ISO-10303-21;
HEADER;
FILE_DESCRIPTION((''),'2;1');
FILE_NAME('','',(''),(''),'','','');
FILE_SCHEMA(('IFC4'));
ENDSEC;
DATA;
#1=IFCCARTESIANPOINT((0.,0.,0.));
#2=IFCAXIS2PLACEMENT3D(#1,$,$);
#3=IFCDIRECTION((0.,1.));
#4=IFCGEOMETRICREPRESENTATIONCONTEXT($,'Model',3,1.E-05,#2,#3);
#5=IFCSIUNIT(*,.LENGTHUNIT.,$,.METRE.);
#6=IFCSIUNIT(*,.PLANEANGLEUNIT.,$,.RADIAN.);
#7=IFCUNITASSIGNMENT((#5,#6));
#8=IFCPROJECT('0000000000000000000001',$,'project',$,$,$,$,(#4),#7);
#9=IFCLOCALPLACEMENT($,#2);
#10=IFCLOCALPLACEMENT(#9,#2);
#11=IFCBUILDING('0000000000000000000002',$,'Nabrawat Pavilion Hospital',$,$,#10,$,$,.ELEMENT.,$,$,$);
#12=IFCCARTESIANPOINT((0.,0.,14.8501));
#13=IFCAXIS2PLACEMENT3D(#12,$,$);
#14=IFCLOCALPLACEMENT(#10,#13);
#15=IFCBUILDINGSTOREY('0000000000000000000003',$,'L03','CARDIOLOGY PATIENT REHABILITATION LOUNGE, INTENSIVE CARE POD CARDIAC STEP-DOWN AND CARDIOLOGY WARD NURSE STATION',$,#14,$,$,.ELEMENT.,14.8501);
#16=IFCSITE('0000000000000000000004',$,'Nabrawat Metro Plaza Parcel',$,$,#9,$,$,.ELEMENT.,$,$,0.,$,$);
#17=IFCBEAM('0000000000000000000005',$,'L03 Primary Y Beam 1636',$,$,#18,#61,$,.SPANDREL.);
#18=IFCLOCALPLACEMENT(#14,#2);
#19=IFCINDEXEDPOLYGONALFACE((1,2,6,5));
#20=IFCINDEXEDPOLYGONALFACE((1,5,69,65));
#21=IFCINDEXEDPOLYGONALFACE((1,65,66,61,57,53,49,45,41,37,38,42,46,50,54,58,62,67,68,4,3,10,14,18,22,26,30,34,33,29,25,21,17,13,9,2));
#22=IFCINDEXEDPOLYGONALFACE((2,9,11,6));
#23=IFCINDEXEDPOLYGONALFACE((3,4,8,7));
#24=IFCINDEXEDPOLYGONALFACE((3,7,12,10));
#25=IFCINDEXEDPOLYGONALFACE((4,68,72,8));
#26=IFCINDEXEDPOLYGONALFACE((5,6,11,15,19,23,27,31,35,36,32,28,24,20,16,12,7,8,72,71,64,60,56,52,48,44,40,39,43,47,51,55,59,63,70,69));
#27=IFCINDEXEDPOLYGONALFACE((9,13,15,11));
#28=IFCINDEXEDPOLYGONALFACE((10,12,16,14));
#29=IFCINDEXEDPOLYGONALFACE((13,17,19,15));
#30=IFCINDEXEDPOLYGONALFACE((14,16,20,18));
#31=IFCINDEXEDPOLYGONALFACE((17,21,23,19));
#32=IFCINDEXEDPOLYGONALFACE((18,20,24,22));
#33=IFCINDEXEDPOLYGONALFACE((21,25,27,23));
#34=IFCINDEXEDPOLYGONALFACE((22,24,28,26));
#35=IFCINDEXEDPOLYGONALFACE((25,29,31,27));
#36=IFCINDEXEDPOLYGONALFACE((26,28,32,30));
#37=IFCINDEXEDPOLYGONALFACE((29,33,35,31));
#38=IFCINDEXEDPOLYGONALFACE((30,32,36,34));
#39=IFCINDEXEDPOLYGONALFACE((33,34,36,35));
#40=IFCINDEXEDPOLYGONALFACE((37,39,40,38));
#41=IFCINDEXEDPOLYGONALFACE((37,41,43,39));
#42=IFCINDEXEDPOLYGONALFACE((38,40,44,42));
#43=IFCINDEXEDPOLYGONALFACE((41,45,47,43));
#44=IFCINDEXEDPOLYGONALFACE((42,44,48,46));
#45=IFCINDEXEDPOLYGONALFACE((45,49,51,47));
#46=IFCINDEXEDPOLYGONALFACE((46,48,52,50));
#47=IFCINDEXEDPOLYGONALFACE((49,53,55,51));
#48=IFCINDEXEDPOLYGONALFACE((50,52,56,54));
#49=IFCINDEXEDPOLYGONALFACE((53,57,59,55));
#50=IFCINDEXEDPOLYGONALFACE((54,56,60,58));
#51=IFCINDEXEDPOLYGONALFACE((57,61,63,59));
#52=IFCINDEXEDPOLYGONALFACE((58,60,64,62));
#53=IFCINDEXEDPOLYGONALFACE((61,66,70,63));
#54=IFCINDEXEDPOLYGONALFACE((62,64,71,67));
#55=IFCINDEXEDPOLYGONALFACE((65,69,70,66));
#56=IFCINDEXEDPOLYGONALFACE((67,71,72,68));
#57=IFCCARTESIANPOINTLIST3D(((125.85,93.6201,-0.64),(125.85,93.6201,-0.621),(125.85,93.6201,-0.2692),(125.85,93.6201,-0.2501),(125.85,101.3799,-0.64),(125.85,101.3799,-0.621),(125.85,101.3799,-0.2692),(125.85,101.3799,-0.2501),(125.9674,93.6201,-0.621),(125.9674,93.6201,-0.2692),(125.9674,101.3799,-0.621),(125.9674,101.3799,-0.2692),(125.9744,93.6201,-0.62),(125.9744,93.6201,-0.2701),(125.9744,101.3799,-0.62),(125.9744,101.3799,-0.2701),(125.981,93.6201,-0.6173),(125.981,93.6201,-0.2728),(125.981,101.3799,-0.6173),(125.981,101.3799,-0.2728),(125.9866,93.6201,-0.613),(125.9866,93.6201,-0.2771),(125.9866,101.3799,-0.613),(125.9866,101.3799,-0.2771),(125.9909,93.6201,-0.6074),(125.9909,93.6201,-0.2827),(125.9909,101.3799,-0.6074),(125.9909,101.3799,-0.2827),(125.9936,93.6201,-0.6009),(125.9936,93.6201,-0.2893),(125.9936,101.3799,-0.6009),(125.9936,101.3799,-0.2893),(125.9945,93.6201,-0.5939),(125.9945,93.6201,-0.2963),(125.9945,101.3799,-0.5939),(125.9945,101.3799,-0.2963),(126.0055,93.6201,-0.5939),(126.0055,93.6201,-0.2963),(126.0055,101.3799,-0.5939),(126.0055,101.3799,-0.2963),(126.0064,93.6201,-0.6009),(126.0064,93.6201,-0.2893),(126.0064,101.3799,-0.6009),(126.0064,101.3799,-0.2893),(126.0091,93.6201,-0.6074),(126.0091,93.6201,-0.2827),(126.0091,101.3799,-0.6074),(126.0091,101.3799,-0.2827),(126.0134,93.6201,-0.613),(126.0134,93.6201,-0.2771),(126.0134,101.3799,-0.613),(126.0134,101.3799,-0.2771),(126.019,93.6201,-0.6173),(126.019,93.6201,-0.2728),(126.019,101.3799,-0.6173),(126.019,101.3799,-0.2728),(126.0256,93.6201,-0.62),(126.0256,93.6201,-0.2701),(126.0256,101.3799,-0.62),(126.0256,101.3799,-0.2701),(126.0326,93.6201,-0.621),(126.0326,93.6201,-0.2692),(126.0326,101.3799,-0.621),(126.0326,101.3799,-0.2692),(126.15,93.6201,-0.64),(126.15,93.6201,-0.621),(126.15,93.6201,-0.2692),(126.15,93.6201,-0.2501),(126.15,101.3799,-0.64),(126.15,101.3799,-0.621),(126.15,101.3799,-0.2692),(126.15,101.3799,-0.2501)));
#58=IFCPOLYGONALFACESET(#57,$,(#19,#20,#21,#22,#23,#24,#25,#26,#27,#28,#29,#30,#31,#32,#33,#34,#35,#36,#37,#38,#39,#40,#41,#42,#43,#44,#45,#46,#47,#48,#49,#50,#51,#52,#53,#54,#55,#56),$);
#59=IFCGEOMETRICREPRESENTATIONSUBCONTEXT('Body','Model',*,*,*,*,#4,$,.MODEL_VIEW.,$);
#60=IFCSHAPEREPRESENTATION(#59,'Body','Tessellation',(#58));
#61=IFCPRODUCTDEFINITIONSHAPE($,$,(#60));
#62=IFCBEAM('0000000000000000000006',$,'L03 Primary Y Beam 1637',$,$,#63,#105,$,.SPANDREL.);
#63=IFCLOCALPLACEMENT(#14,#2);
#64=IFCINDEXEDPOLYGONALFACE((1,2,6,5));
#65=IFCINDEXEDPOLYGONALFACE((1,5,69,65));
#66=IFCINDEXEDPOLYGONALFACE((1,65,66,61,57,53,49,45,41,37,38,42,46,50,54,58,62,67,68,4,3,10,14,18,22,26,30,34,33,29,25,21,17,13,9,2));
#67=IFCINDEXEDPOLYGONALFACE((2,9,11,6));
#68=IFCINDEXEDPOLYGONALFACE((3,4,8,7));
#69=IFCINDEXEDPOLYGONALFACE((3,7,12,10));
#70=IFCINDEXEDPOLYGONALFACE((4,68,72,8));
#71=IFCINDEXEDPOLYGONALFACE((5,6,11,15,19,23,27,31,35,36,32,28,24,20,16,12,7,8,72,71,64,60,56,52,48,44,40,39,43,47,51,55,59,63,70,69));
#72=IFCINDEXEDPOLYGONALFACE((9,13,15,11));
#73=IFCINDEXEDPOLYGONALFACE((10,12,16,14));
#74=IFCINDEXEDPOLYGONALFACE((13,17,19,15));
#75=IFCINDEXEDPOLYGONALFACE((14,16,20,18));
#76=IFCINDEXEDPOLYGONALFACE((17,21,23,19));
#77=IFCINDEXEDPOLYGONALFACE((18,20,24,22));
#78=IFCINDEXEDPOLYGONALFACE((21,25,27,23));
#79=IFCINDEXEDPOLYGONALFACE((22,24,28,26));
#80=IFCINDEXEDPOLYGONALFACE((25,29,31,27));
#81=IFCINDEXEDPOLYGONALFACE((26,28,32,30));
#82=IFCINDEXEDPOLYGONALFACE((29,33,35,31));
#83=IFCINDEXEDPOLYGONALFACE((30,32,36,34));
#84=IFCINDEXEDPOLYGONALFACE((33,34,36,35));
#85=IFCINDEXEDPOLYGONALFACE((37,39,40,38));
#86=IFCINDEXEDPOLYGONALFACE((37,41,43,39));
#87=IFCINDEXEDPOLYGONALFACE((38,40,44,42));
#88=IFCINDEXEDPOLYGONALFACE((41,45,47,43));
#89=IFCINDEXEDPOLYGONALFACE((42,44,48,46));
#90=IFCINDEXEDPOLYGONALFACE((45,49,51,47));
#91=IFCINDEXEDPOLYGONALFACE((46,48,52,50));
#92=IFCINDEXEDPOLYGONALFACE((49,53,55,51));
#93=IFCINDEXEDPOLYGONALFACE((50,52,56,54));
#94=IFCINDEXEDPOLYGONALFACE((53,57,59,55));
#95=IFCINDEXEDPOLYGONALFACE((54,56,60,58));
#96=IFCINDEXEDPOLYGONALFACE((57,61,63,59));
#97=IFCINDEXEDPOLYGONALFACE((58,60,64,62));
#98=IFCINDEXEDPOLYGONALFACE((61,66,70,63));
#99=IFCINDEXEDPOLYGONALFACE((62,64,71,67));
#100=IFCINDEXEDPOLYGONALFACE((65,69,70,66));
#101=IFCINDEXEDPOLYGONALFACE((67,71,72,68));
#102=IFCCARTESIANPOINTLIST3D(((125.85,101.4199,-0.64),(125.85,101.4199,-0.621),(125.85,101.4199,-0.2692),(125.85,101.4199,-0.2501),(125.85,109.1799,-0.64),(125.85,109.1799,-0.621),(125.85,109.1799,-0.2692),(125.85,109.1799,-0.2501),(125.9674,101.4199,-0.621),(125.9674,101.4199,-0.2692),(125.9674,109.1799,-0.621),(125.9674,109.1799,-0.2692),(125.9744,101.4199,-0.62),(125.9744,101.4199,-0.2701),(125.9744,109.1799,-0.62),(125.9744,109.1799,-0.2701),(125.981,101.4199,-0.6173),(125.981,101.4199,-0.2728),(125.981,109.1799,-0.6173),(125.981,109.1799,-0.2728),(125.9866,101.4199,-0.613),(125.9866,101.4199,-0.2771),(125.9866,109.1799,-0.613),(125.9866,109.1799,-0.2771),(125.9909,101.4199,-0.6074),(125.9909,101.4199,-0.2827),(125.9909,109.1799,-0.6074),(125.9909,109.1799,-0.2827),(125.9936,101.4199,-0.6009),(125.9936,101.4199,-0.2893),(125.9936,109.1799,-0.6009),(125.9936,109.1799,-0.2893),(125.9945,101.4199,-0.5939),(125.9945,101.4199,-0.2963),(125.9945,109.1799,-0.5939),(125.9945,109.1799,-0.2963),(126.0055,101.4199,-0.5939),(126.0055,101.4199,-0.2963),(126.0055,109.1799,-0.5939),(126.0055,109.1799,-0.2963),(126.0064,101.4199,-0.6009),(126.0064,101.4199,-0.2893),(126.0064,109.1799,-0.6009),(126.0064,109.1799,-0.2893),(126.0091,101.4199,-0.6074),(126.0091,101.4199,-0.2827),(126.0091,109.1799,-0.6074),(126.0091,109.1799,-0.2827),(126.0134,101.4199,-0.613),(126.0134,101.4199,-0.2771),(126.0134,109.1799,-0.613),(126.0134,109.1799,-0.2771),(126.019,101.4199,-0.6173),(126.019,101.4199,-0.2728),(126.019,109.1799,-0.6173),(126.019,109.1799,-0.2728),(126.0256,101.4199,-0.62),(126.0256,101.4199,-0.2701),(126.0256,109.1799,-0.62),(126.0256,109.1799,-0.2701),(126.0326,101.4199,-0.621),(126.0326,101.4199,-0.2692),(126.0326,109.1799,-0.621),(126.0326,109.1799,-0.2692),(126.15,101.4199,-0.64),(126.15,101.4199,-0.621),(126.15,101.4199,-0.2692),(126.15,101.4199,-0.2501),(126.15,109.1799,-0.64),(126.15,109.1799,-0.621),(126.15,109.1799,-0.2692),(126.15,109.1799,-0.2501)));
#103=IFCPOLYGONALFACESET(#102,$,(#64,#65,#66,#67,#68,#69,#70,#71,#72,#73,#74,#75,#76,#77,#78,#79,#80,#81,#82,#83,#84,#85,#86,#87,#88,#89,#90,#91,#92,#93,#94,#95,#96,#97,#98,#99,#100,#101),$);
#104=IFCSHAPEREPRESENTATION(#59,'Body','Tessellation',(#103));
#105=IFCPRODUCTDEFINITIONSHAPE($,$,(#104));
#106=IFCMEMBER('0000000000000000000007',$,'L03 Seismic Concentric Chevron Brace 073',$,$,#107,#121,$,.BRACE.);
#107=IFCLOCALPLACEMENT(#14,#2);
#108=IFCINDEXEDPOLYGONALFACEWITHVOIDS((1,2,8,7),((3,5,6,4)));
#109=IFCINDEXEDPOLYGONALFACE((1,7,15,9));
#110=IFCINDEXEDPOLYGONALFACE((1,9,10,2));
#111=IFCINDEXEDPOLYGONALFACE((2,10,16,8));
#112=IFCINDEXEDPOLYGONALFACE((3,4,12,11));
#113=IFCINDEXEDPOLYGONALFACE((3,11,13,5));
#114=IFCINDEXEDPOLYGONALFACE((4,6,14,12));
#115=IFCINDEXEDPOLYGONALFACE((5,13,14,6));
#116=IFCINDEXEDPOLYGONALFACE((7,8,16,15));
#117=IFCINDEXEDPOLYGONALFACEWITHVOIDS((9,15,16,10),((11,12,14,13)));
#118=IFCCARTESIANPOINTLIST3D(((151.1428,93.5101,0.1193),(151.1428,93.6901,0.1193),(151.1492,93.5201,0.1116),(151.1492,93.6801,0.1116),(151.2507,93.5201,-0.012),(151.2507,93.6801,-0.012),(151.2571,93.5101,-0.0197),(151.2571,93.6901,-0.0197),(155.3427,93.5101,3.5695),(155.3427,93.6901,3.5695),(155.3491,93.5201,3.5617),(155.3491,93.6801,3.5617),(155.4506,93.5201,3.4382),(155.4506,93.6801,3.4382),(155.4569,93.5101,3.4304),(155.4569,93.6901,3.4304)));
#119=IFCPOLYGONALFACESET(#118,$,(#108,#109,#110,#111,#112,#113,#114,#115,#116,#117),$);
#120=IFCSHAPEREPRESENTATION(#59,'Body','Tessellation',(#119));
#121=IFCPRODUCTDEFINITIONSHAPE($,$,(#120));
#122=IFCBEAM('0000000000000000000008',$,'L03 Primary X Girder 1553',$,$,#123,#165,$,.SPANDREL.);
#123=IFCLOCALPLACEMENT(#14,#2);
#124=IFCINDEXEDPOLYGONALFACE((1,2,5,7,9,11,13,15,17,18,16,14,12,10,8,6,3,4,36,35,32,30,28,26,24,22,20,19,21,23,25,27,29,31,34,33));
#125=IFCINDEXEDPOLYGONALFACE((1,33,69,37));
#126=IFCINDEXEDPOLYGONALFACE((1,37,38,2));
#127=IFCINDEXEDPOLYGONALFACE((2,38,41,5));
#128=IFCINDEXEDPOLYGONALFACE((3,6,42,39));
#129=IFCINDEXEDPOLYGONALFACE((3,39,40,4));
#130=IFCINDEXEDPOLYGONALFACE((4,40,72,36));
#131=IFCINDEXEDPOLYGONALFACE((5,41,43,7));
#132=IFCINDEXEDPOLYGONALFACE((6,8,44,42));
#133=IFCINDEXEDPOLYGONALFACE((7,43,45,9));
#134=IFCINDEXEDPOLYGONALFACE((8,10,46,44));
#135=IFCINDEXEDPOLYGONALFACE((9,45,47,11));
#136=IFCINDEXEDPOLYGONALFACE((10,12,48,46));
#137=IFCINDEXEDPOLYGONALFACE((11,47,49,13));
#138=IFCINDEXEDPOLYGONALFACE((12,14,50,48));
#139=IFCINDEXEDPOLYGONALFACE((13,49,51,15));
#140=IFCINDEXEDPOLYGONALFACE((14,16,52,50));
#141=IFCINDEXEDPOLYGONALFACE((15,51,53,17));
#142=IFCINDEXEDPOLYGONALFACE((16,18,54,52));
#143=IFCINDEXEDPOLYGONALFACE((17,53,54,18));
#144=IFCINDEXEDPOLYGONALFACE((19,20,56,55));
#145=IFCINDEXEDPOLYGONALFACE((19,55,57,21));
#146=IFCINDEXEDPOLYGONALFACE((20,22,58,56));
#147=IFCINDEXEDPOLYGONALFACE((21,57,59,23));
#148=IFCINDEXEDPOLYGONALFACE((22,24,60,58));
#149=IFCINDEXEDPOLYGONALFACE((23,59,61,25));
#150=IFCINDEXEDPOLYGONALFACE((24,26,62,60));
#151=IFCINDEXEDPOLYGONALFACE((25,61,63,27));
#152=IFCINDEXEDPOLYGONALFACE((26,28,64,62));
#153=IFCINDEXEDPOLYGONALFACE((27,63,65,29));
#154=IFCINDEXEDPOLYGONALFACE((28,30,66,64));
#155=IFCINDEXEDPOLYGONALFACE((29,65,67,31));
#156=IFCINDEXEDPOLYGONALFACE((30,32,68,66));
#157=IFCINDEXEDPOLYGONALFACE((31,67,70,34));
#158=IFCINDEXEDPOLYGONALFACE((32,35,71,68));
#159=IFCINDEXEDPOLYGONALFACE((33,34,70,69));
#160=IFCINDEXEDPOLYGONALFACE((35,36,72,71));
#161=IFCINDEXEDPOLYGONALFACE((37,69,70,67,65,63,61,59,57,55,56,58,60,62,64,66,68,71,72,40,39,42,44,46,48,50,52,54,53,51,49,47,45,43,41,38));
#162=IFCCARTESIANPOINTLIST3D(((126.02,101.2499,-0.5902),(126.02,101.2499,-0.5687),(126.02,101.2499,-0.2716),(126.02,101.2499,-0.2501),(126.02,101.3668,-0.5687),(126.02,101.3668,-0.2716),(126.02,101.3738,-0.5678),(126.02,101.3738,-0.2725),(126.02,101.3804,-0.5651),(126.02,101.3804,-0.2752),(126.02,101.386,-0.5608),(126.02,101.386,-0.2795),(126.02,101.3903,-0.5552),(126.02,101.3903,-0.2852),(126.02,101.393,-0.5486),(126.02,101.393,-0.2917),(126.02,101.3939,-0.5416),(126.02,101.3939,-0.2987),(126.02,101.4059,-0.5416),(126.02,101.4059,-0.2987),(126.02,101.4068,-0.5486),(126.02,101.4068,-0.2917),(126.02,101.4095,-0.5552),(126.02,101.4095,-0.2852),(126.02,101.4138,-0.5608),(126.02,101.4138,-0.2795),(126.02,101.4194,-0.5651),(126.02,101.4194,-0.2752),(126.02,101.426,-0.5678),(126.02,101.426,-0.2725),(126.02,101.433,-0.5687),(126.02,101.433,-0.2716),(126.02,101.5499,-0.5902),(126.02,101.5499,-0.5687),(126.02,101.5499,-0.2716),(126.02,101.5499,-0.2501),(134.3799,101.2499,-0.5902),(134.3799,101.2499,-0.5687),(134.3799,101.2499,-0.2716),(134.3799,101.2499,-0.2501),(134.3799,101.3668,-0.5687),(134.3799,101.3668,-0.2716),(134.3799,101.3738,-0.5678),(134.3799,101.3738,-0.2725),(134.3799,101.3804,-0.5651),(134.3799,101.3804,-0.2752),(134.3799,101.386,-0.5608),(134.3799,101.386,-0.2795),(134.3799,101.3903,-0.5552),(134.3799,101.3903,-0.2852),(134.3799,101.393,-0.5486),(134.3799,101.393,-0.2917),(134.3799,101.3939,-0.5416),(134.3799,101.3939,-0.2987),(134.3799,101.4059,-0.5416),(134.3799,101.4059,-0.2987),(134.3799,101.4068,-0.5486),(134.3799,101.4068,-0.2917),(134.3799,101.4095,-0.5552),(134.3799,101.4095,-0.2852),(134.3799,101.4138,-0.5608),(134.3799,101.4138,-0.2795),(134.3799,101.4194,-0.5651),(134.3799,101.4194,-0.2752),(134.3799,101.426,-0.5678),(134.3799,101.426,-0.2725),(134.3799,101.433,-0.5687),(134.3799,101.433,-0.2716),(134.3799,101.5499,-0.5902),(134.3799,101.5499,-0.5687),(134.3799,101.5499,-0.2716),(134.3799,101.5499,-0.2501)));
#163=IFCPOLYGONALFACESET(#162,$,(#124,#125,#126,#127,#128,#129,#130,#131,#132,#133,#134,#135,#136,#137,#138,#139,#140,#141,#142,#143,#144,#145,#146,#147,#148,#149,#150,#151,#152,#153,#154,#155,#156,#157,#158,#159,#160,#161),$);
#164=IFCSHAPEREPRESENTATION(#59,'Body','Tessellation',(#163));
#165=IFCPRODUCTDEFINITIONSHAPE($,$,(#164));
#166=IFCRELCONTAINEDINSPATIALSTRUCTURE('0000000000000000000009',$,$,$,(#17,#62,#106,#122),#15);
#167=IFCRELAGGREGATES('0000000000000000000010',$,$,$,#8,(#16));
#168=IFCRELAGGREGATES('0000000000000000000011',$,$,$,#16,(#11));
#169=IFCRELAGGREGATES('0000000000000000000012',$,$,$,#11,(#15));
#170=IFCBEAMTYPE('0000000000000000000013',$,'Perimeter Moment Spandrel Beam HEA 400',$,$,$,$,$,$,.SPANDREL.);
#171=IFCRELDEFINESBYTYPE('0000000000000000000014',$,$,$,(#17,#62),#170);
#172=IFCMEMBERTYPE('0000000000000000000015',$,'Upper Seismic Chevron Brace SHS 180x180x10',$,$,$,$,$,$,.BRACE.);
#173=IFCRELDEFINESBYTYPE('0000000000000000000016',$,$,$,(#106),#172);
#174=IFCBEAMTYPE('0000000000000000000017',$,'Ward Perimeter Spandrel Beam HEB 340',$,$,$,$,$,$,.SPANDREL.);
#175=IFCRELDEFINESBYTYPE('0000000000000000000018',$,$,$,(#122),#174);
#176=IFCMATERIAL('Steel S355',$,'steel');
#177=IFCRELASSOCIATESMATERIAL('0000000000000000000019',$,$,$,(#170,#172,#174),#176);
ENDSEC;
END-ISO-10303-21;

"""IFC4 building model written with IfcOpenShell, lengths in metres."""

from ifc_helpers import new_model, si_unit, direction, frame, origin, origin_2d, place, context, subcontext, project, spatial, hollow_rectangle, i_section, extrude, material, material_profile, profile_set, type_object, element, save


model = new_model("IFC4")

# Units and contexts
model_context = context("Model", 3, precision=1e-05, world=origin(), true_north=direction((0.0, 1.0)))
body_context = subcontext(model_context, "Body", "Model", "MODEL_VIEW")
ifc_project = project(units=[si_unit("LENGTHUNIT", "METRE"), si_unit("PLANEANGLEUNIT", "RADIAN")], contexts=[model_context])

# Site, building, storey
site_placement = place(None, origin())
site = spatial("IfcSite", under=ifc_project, at=site_placement, Name="Nabrawat Metro Plaza Parcel", CompositionType="ELEMENT", RefElevation=0.0)
building_placement = place(site_placement, origin())
building = spatial("IfcBuilding", under=site, at=building_placement, Name="Nabrawat Pavilion Hospital", CompositionType="ELEMENT")
storey_placement = place(building_placement, frame((0.0, 0.0, 14.8501)))
storey = spatial("IfcBuildingStorey", under=building, at=storey_placement, Name="L03", Description="CARDIOLOGY PATIENT REHABILITATION LOUNGE, INTENSIVE CARE POD CARDIAC STEP-DOWN AND CARDIOLOGY WARD NURSE STATION", CompositionType="ELEMENT", Elevation=14.8501)

# Shared definitions
ifc_material_1 = material(Name="Steel S355", Category="steel")

# Beams
ifc_material_profile_1 = material_profile(ifc_material_1, i_section(OverallWidth=0.3, OverallDepth=0.3899, WebThickness=0.011, FlangeThickness=0.019, FilletRadius=0.0271, at=origin_2d()), Name="HEA 400")
ifc_profile_set_1 = profile_set([ifc_material_profile_1], Name="Steel S355")
beam_type_1 = type_object("IfcBeamType", Name="Perimeter Moment Spandrel Beam HEA 400", PredefinedType="SPANDREL", material=ifc_profile_set_1)
beam_1_placement = place(storey_placement, frame((126.0, 93.6201, -0.4451), z_axis=(0.0, 1.0, 0.0), x_axis=(-1.0, 0.0, 0.0)))
element("IfcBeam", 1, at=beam_1_placement, inside=storey, type_object=beam_type_1, Name="L03 Primary Y Beam 1636", PredefinedType="SPANDREL", context=body_context, shape_type="SweptSolid", body=[
    extrude(i_section(OverallWidth=0.3, OverallDepth=0.3899, WebThickness=0.011, FlangeThickness=0.019, FilletRadius=0.0271, at=origin_2d()), origin(), (0.0, 0.0, 1.0), 7.7598),
])
beam_2_placement = place(storey_placement, frame((126.0, 101.4199, -0.4451), z_axis=(0.0, 1.0, 0.0), x_axis=(-1.0, 0.0, 0.0)))
element("IfcBeam", 2, at=beam_2_placement, inside=storey, type_object=beam_type_1, Name="L03 Primary Y Beam 1637", PredefinedType="SPANDREL", context=body_context, shape_type="SweptSolid", body=[
    extrude(i_section(OverallWidth=0.3, OverallDepth=0.3899, WebThickness=0.011, FlangeThickness=0.019, FilletRadius=0.0271, at=origin_2d()), origin(), (0.0, 0.0, 1.0), 7.76),
])

# Member
ifc_material_profile_2 = material_profile(ifc_material_1, hollow_rectangle(XDim=0.1799, YDim=0.1799, WallThickness=0.01, at=origin_2d()), Name="SHS 180x180x10")
ifc_profile_set_2 = profile_set([ifc_material_profile_2], Name="Steel S355")
member_type = type_object("IfcMemberType", Name="Upper Seismic Chevron Brace SHS 180x180x10", PredefinedType="BRACE", material=ifc_profile_set_2)
member_placement = place(storey_placement, frame((151.2, 93.6001, 0.0498), z_axis=(0.772705, 0.0, 0.634765), x_axis=(0.0, 1.0, 0.0)))
element("IfcMember", 3, at=member_placement, inside=storey, type_object=member_type, Name="L03 Seismic Concentric Chevron Brace 073", PredefinedType="BRACE", context=body_context, shape_type="SweptSolid", body=[
    extrude(hollow_rectangle(XDim=0.1799, YDim=0.1799, WallThickness=0.01, at=origin_2d()), origin(), (0.0, 0.0, 1.0), 5.4353),
])

# Beam
ifc_material_profile_3 = material_profile(ifc_material_1, i_section(OverallWidth=0.3, OverallDepth=0.3401, WebThickness=0.012, FlangeThickness=0.0215, FilletRadius=0.0271, at=origin_2d()), Name="HEB 340")
ifc_profile_set_3 = profile_set([ifc_material_profile_3], Name="Steel S355")
beam_type_2 = type_object("IfcBeamType", Name="Ward Perimeter Spandrel Beam HEB 340", PredefinedType="SPANDREL", material=ifc_profile_set_3)
for number, where, z_axis, x_axis, name in (
    (4, (126.02, 101.3999, -0.4202), (1.0, 0.0, 0.0), (0.0, 1.0, 0.0), "L03 Primary X Girder 1553"),
):
    element("IfcBeam", number, at=place(storey_placement, frame(where, z_axis=z_axis, x_axis=x_axis)), inside=storey, type_object=beam_type_2, Name=name, PredefinedType="SPANDREL", context=body_context, shape_type="SweptSolid", body=[
        extrude(i_section(OverallWidth=0.3, OverallDepth=0.3401, WebThickness=0.012, FlangeThickness=0.0215, FilletRadius=0.0271, at=origin_2d()), origin(), (0.0, 0.0, 1.0), 8.3599),
    ])

save(model, "model.ifc")
